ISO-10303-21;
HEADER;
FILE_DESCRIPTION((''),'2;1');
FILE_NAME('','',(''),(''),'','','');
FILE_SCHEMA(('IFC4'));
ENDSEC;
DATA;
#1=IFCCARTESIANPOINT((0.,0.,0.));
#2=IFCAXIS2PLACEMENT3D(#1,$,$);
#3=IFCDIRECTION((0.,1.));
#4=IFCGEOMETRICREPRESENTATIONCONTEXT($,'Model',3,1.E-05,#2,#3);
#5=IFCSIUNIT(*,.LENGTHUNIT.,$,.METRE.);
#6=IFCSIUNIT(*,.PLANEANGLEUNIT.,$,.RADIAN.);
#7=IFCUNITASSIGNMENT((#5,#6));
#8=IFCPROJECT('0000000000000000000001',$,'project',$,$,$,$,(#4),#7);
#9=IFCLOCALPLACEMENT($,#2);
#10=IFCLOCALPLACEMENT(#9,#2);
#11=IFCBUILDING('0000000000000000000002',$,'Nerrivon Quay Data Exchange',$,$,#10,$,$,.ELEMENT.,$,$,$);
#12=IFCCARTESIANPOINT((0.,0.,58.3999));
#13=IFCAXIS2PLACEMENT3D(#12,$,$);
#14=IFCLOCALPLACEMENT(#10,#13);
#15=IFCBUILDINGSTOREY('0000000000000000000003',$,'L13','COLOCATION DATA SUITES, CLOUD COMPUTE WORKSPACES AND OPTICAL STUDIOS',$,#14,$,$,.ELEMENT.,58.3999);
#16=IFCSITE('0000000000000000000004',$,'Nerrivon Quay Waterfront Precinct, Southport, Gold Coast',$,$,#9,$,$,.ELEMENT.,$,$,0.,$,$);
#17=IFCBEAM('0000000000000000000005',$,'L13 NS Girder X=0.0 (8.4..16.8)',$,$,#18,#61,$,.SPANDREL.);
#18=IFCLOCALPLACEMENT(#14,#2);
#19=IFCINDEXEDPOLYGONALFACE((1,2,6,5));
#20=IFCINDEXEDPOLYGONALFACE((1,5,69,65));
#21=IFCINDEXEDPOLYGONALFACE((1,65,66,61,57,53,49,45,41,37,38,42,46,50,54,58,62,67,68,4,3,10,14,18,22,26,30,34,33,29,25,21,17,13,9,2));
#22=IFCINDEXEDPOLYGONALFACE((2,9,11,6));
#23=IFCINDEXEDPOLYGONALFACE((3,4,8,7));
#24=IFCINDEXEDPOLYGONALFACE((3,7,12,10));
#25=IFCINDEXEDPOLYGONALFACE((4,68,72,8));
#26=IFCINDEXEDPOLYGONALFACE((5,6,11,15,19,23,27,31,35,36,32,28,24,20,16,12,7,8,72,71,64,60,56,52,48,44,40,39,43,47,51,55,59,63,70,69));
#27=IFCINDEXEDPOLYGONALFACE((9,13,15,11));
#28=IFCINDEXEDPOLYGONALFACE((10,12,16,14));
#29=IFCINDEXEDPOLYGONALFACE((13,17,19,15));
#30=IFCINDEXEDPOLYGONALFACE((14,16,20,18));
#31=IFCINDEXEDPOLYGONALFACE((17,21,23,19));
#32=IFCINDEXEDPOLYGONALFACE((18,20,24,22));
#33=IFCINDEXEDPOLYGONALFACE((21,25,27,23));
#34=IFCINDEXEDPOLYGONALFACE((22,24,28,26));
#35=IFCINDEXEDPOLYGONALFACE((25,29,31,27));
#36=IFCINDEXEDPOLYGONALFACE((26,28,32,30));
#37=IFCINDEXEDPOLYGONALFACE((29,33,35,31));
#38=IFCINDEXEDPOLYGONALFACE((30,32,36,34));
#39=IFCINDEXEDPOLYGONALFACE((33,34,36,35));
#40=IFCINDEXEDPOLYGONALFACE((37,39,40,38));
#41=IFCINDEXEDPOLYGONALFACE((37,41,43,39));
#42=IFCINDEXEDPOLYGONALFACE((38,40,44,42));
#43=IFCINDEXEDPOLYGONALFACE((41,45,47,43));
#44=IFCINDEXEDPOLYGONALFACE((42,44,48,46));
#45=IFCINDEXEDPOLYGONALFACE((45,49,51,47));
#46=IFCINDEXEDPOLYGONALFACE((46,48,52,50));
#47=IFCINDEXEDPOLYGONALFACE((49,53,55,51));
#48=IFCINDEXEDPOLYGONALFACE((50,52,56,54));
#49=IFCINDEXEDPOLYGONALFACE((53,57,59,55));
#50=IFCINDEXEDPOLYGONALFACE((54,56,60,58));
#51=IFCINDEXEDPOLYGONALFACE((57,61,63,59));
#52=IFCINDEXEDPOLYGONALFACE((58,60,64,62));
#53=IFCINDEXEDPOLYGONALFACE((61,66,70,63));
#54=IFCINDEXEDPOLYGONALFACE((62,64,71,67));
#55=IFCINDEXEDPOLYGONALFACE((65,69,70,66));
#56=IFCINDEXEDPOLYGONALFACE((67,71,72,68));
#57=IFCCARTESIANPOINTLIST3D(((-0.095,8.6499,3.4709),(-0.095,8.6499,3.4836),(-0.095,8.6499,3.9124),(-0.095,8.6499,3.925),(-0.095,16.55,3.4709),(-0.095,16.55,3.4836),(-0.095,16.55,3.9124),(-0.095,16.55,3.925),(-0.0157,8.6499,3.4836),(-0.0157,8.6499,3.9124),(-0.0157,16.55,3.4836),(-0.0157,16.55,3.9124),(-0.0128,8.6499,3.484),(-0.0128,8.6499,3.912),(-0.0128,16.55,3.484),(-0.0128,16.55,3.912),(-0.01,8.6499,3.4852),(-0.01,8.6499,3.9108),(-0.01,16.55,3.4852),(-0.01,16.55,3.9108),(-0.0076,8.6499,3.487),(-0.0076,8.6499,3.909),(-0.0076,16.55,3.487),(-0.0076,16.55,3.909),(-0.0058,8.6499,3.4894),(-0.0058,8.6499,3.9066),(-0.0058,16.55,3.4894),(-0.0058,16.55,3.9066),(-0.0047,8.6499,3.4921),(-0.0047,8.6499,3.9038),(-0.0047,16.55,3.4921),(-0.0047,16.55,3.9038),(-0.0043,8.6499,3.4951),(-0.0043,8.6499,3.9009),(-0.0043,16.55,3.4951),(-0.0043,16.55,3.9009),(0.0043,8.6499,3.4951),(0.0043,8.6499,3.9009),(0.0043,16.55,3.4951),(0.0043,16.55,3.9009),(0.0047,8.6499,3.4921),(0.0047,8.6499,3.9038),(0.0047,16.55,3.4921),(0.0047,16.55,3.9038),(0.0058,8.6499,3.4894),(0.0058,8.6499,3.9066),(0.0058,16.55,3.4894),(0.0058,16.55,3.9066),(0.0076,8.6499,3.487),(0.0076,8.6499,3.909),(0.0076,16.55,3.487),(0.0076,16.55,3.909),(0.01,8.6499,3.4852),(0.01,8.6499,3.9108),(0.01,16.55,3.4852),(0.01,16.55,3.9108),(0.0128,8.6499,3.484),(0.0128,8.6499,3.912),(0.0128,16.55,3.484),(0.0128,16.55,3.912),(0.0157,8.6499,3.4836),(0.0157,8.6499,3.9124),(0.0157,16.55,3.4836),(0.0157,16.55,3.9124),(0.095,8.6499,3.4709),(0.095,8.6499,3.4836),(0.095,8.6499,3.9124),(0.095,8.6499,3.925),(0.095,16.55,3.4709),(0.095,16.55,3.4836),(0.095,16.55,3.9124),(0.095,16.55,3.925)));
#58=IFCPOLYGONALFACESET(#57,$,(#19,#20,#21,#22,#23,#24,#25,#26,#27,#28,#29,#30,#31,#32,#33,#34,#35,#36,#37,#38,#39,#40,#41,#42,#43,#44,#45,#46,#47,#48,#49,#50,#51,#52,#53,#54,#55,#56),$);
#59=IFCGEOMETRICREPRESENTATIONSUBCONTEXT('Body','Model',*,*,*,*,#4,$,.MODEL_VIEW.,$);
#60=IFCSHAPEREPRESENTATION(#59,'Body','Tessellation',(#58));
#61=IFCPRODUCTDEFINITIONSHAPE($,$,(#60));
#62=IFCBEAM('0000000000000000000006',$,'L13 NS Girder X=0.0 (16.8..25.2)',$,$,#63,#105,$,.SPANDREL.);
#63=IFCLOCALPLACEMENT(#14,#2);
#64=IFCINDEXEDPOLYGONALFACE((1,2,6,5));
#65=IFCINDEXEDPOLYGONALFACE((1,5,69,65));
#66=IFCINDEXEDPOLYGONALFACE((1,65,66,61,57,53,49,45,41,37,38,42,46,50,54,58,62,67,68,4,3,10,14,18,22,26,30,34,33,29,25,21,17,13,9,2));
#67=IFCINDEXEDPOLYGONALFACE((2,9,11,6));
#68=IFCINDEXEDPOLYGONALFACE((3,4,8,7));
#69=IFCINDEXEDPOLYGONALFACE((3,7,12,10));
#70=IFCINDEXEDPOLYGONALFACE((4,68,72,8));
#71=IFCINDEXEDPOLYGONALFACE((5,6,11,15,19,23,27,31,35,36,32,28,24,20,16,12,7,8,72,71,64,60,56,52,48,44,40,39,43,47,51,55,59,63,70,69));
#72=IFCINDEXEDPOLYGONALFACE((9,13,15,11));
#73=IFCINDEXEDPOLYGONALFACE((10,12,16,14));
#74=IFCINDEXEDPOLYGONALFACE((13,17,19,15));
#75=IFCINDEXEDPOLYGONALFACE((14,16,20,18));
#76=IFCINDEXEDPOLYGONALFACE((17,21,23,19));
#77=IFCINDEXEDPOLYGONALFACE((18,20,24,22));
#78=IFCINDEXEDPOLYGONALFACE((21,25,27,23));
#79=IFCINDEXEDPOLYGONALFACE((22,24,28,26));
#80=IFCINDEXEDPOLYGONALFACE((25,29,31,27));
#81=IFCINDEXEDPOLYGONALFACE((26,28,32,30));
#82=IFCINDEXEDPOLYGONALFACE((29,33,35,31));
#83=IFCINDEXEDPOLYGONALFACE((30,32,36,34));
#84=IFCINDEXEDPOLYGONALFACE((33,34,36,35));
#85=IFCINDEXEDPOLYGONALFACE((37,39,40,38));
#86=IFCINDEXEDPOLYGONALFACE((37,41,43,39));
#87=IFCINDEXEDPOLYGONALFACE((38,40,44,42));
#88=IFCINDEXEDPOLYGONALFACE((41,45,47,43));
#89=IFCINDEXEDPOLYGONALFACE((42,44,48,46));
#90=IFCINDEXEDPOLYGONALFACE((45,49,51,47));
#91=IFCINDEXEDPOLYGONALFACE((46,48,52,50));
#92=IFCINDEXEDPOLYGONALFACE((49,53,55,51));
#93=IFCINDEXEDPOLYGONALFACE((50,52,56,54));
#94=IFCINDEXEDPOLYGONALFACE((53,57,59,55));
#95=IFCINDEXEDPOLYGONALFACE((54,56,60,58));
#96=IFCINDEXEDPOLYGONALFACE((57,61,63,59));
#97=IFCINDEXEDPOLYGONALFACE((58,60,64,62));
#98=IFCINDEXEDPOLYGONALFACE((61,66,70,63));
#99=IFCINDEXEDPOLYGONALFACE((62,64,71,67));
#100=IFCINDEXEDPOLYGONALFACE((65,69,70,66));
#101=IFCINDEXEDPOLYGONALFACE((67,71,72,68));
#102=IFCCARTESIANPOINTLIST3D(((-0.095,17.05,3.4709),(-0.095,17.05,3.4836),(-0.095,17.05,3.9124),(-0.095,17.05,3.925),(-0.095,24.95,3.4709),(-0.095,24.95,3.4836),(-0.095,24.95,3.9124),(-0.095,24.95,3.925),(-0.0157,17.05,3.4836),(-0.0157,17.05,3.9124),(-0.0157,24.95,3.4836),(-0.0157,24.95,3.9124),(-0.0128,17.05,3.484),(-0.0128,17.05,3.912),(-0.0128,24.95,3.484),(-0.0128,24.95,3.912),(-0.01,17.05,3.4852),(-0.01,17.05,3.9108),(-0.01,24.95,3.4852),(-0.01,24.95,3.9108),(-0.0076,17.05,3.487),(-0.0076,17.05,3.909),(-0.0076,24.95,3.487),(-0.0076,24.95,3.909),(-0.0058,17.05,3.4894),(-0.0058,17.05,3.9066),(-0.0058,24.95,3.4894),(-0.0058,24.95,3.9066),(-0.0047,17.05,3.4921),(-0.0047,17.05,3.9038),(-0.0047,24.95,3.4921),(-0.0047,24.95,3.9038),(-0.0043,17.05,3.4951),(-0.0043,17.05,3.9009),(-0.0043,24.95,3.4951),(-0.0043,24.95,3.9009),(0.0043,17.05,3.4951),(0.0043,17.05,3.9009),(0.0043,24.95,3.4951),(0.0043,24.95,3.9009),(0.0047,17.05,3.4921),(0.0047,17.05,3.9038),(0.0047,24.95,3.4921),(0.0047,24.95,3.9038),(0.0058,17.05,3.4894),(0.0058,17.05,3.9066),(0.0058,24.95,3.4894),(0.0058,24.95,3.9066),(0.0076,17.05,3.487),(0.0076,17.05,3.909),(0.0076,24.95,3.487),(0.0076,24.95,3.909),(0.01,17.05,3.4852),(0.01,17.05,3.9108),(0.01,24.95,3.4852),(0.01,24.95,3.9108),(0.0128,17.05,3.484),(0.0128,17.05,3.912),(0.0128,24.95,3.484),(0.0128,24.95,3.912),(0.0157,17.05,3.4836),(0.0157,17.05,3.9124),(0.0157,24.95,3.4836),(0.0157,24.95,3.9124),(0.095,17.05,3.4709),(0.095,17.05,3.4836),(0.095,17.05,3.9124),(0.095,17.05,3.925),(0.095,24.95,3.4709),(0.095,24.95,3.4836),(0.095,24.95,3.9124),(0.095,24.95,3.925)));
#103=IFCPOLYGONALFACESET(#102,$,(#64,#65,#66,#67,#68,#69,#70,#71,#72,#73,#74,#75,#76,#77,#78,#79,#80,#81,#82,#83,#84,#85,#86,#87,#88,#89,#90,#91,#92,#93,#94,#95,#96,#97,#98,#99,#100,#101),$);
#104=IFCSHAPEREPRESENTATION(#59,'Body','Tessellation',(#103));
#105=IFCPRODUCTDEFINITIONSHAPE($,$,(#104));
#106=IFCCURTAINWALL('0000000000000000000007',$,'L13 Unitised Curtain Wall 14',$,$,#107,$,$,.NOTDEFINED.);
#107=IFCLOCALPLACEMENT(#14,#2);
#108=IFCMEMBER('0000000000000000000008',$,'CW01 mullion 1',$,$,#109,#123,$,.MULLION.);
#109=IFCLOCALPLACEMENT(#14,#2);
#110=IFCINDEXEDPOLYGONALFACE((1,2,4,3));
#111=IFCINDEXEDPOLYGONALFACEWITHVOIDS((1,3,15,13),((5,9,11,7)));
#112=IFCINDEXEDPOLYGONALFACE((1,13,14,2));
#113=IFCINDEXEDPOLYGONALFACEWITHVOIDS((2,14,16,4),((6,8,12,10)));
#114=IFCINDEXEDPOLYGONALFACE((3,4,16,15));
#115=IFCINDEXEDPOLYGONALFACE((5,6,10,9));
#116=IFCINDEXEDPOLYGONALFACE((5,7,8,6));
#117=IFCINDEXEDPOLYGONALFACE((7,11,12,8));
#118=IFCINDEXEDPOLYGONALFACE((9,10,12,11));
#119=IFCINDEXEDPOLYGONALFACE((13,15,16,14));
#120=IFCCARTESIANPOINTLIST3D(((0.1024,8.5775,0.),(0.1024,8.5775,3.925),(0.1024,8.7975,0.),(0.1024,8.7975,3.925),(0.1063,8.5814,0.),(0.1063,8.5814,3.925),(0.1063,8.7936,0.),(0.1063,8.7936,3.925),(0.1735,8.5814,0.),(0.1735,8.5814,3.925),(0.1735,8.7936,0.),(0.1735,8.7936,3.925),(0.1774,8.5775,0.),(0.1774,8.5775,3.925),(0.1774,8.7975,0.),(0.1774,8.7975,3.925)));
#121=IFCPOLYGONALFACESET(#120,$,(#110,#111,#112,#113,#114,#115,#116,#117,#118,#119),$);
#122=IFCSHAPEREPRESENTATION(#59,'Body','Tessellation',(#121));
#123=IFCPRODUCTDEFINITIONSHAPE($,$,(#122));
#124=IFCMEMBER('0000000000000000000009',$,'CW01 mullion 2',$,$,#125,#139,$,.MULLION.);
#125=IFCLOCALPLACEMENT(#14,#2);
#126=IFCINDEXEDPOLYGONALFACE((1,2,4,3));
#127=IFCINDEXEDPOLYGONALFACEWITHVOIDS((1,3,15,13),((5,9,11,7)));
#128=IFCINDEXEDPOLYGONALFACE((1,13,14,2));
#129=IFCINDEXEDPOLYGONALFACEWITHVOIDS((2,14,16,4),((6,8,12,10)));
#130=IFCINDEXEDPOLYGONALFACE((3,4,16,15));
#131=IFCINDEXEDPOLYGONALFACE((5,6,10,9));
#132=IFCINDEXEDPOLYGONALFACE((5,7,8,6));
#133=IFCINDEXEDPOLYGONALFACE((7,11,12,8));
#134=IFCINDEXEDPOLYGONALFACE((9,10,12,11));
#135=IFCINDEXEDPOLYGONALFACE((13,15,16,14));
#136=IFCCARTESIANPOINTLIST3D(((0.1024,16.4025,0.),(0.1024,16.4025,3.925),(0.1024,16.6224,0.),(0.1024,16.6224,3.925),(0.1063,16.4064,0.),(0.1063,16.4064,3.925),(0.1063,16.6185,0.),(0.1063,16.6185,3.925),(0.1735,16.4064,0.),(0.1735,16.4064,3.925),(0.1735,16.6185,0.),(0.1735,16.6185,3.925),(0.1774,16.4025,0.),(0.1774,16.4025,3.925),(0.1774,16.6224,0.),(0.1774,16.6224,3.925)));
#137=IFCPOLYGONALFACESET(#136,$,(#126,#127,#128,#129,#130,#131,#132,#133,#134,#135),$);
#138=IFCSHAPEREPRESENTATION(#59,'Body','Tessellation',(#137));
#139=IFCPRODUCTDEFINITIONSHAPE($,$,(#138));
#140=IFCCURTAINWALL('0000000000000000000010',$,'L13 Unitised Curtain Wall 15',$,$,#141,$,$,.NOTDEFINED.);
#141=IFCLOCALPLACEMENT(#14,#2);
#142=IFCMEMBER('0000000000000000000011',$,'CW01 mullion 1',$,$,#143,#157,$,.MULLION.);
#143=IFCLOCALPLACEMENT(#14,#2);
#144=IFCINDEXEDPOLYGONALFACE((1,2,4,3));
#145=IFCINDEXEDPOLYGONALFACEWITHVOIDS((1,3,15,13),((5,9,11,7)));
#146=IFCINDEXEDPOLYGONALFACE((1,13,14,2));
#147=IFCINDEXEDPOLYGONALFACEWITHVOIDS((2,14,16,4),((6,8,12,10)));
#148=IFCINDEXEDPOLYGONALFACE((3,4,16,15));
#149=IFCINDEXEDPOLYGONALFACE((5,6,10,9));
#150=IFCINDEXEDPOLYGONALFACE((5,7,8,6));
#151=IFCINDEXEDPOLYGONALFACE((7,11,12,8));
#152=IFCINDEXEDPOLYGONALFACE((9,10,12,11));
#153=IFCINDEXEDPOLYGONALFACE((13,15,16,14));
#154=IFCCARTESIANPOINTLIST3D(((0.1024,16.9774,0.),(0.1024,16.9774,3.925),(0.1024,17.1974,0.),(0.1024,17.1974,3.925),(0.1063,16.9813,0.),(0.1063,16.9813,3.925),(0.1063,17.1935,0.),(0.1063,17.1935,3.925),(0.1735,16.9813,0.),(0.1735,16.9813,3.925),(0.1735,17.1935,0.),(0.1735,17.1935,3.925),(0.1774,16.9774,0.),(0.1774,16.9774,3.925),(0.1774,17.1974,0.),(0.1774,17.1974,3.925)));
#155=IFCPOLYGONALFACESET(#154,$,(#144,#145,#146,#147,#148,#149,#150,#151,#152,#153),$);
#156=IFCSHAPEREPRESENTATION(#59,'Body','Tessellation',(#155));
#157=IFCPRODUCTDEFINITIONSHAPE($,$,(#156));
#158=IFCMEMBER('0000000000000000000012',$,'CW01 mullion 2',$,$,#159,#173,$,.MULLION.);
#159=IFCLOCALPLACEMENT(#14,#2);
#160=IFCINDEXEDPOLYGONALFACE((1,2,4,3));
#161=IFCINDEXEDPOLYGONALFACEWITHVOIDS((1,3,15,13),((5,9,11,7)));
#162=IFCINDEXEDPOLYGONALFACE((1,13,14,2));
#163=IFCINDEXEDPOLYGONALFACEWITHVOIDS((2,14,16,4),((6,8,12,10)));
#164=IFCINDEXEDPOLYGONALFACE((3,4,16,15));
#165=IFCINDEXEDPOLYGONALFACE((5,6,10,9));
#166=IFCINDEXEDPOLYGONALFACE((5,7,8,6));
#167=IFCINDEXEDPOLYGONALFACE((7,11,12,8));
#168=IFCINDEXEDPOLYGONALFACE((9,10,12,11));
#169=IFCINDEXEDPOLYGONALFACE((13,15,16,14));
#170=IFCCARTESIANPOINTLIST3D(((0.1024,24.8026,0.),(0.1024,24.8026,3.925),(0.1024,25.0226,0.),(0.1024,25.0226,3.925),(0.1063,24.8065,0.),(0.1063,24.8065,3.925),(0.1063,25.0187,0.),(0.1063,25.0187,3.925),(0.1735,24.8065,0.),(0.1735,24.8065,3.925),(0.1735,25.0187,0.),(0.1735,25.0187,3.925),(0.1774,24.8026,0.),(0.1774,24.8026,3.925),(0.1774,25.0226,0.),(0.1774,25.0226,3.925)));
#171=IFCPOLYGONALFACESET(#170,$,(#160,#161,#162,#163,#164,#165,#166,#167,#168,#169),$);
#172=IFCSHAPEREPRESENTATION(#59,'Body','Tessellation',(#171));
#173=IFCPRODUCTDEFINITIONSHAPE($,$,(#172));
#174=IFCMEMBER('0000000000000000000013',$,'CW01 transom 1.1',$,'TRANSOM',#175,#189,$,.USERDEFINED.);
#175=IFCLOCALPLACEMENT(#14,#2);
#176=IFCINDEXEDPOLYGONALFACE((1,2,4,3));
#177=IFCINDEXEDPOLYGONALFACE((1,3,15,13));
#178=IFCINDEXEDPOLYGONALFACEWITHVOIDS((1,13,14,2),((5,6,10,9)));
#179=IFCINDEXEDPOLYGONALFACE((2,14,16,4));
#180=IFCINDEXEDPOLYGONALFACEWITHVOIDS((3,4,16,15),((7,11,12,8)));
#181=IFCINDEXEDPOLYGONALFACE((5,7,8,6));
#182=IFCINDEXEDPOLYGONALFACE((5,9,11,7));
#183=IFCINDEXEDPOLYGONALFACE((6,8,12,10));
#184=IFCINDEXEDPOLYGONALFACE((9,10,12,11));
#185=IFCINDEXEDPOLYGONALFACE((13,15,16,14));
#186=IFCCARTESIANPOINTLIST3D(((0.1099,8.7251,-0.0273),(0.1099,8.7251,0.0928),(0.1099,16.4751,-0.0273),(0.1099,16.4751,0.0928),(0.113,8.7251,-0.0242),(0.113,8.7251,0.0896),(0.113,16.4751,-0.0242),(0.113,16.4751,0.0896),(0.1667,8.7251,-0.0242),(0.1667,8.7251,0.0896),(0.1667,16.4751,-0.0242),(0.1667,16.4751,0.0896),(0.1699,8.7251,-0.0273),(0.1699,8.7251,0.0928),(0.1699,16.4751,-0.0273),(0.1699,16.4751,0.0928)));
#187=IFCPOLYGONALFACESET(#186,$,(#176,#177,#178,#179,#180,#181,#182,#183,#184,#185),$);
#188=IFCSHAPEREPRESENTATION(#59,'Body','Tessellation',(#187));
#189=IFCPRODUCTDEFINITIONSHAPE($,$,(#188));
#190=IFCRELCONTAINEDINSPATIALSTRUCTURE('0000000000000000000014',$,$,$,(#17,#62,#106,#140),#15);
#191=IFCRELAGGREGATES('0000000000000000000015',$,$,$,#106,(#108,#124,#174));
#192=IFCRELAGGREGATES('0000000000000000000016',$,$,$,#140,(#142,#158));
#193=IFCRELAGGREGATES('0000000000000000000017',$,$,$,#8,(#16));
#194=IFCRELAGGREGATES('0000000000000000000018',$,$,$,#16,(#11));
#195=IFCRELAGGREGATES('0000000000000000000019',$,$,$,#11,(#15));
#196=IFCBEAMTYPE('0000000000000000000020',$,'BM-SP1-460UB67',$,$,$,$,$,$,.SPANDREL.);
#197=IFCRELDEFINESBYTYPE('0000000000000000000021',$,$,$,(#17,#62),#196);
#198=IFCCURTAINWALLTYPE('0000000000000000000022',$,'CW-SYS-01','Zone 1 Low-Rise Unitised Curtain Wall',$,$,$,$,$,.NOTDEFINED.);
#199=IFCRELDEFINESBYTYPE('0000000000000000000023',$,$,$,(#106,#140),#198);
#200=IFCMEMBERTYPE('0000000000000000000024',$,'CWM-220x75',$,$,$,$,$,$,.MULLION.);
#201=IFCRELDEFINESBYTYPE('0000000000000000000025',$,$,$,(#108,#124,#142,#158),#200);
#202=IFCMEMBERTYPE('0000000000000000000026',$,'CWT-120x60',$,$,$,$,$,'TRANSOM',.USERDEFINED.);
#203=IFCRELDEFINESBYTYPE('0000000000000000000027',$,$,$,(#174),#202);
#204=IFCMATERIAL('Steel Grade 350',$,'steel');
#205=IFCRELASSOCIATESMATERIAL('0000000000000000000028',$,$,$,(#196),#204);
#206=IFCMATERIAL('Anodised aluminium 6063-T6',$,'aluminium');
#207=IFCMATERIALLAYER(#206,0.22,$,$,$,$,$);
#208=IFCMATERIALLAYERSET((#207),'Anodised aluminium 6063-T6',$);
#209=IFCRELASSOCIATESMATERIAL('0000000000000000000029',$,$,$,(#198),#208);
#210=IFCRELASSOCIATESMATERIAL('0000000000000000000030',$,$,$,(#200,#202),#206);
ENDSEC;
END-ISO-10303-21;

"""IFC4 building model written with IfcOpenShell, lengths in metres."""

from ifc_helpers import new_model, si_unit, direction, frame, origin, origin_2d, place, context, subcontext, project, spatial, hollow_rectangle, i_section, extrude, material, layer, layer_set, material_profile, profile_set, type_object, element, aggregate, save


model = new_model("IFC4")

# Units and contexts
model_context = context("Model", 3, precision=1e-05, world=origin(), true_north=direction((0.0, 1.0)))
body_context = subcontext(model_context, "Body", "Model", "MODEL_VIEW")
ifc_project = project(units=[si_unit("LENGTHUNIT", "METRE"), si_unit("PLANEANGLEUNIT", "RADIAN")], contexts=[model_context])

# Site, building, storey
site_placement = place(None, origin())
site = spatial("IfcSite", under=ifc_project, at=site_placement, Name="Nerrivon Quay Waterfront Precinct, Southport, Gold Coast", CompositionType="ELEMENT", RefElevation=0.0)
building_placement = place(site_placement, origin())
building = spatial("IfcBuilding", under=site, at=building_placement, Name="Nerrivon Quay Data Exchange", CompositionType="ELEMENT")
storey_placement = place(building_placement, frame((0.0, 0.0, 58.3999)))
storey = spatial("IfcBuildingStorey", under=building, at=storey_placement, Name="L13", Description="COLOCATION DATA SUITES, CLOUD COMPUTE WORKSPACES AND OPTICAL STUDIOS", CompositionType="ELEMENT", Elevation=58.3999)

# Shared definitions
ifc_material_1 = material(Name="Steel Grade 350", Category="steel")

# Beams
ifc_material_profile_1 = material_profile(ifc_material_1, i_section(OverallWidth=0.1899, OverallDepth=0.4541, WebThickness=0.0085, FlangeThickness=0.0127, FilletRadius=0.0115, at=origin_2d()), Name="460UB67.1")
ifc_profile_set_1 = profile_set([ifc_material_profile_1], Name="Steel Grade 350")
beam_type_1 = type_object("IfcBeamType", Name="BM-SP1-460UB67", PredefinedType="SPANDREL", material=ifc_profile_set_1)
beam_1_placement = place(storey_placement, frame((0.0, 8.6499, 3.698), z_axis=(0.0, 1.0, 0.0), x_axis=(-1.0, 0.0, 0.0)))
element("IfcBeam", 1, at=beam_1_placement, inside=storey, type_object=beam_type_1, Name="L13 NS Girder X=0.0 (8.4..16.8)", PredefinedType="SPANDREL", context=body_context, shape_type="SweptSolid", body=[
    extrude(i_section(OverallWidth=0.1899, OverallDepth=0.4541, WebThickness=0.0085, FlangeThickness=0.0127, FilletRadius=0.0115, at=origin_2d()), origin(), (0.0, 0.0, 1.0), 7.9001),
])
beam_2_placement = place(storey_placement, frame((0.0, 17.05, 3.698), z_axis=(0.0, 1.0, 0.0), x_axis=(-1.0, 0.0, 0.0)))
element("IfcBeam", 2, at=beam_2_placement, inside=storey, type_object=beam_type_1, Name="L13 NS Girder X=0.0 (16.8..25.2)", PredefinedType="SPANDREL", context=body_context, shape_type="SweptSolid", body=[
    extrude(i_section(OverallWidth=0.1899, OverallDepth=0.4541, WebThickness=0.0085, FlangeThickness=0.0127, FilletRadius=0.0115, at=origin_2d()), origin(), (0.0, 0.0, 1.0), 7.8999),
])

# Curtain walls, members
ifc_material_2 = material(Name="Anodised aluminium 6063-T6", Category="aluminium")
ifc_layer_1 = layer(ifc_material_2, 0.22)
ifc_layer_set_1 = layer_set([ifc_layer_1], Name="Anodised aluminium 6063-T6")
curtain_wall_type = type_object("IfcCurtainWallType", Name="CW-SYS-01", Description="Zone 1 Low-Rise Unitised Curtain Wall", PredefinedType="NOTDEFINED", material=ifc_layer_set_1)
curtain_wall_1_placement = place(storey_placement, origin())
curtain_wall_1 = element("IfcCurtainWall", 3, at=curtain_wall_1_placement, inside=storey, type_object=curtain_wall_type, Name="L13 Unitised Curtain Wall 14", PredefinedType="NOTDEFINED")
ifc_material_profile_2 = material_profile(ifc_material_2, hollow_rectangle(XDim=0.075, YDim=0.22, WallThickness=0.0039, at=origin_2d()), Name="ALU-MULL-220x75")
ifc_profile_set_2 = profile_set([ifc_material_profile_2], Name="Anodised aluminium 6063-T6")
member_type_1 = type_object("IfcMemberType", Name="CWM-220x75", PredefinedType="MULLION", material=ifc_profile_set_2)
member_1_placement = place(storey_placement, frame((0.1399, 8.6875, 0.0), z_axis=(0.0, 0.0, 1.0), x_axis=(-1.0, 0.0, 0.0)))
member_1 = element("IfcMember", 4, at=member_1_placement, type_object=member_type_1, Name="CW01 mullion 1", PredefinedType="MULLION", context=body_context, shape_type="SweptSolid", body=[
    extrude(hollow_rectangle(XDim=0.075, YDim=0.22, WallThickness=0.0039, at=origin_2d()), origin(), (0.0, 0.0, 1.0), 3.925),
])
member_2_placement = place(storey_placement, frame((0.1399, 16.5125, 0.0), z_axis=(0.0, 0.0, 1.0), x_axis=(-1.0, 0.0, 0.0)))
member_2 = element("IfcMember", 5, at=member_2_placement, type_object=member_type_1, Name="CW01 mullion 2", PredefinedType="MULLION", context=body_context, shape_type="SweptSolid", body=[
    extrude(hollow_rectangle(XDim=0.075, YDim=0.22, WallThickness=0.0039, at=origin_2d()), origin(), (0.0, 0.0, 1.0), 3.925),
])
curtain_wall_2_placement = place(storey_placement, origin())
curtain_wall_2 = element("IfcCurtainWall", 6, at=curtain_wall_2_placement, inside=storey, type_object=curtain_wall_type, Name="L13 Unitised Curtain Wall 15", PredefinedType="NOTDEFINED")
member_3_placement = place(storey_placement, frame((0.1399, 17.0874, 0.0), z_axis=(0.0, 0.0, 1.0), x_axis=(-1.0, 0.0, 0.0)))
member_3 = element("IfcMember", 7, at=member_3_placement, type_object=member_type_1, Name="CW01 mullion 1", PredefinedType="MULLION", context=body_context, shape_type="SweptSolid", body=[
    extrude(hollow_rectangle(XDim=0.075, YDim=0.22, WallThickness=0.0039, at=origin_2d()), origin(), (0.0, 0.0, 1.0), 3.925),
])
member_4_placement = place(storey_placement, frame((0.1399, 24.9126, 0.0), z_axis=(0.0, 0.0, 1.0), x_axis=(-1.0, 0.0, 0.0)))
member_4 = element("IfcMember", 8, at=member_4_placement, type_object=member_type_1, Name="CW01 mullion 2", PredefinedType="MULLION", context=body_context, shape_type="SweptSolid", body=[
    extrude(hollow_rectangle(XDim=0.075, YDim=0.22, WallThickness=0.0039, at=origin_2d()), origin(), (0.0, 0.0, 1.0), 3.925),
])

# Member
ifc_material_profile_3 = material_profile(ifc_material_2, hollow_rectangle(XDim=0.0601, YDim=0.1201, WallThickness=0.0032, at=origin_2d()), Name="ALU-TRAN-120x60")
ifc_profile_set_3 = profile_set([ifc_material_profile_3], Name="Anodised aluminium 6063-T6")
member_type_2 = type_object("IfcMemberType", Name="CWT-120x60", ElementType="TRANSOM", PredefinedType="USERDEFINED", material=ifc_profile_set_3)
member_5_placement = place(storey_placement, frame((0.1399, 8.7251, 0.0327), z_axis=(0.0, 1.0, 0.0), x_axis=(-1.0, 0.0, 0.0)))
member_5 = element("IfcMember", 9, at=member_5_placement, type_object=member_type_2, Name="CW01 transom 1.1", ObjectType="TRANSOM", PredefinedType="USERDEFINED", context=body_context, shape_type="SweptSolid", body=[
    extrude(hollow_rectangle(XDim=0.0601, YDim=0.1201, WallThickness=0.0032, at=origin_2d()), origin(), (0.0, 0.0, 1.0), 7.75),
])

aggregate(curtain_wall_1, [member_1, member_2, member_5])
aggregate(curtain_wall_2, [member_3, member_4])

save(model, "model.ifc")
